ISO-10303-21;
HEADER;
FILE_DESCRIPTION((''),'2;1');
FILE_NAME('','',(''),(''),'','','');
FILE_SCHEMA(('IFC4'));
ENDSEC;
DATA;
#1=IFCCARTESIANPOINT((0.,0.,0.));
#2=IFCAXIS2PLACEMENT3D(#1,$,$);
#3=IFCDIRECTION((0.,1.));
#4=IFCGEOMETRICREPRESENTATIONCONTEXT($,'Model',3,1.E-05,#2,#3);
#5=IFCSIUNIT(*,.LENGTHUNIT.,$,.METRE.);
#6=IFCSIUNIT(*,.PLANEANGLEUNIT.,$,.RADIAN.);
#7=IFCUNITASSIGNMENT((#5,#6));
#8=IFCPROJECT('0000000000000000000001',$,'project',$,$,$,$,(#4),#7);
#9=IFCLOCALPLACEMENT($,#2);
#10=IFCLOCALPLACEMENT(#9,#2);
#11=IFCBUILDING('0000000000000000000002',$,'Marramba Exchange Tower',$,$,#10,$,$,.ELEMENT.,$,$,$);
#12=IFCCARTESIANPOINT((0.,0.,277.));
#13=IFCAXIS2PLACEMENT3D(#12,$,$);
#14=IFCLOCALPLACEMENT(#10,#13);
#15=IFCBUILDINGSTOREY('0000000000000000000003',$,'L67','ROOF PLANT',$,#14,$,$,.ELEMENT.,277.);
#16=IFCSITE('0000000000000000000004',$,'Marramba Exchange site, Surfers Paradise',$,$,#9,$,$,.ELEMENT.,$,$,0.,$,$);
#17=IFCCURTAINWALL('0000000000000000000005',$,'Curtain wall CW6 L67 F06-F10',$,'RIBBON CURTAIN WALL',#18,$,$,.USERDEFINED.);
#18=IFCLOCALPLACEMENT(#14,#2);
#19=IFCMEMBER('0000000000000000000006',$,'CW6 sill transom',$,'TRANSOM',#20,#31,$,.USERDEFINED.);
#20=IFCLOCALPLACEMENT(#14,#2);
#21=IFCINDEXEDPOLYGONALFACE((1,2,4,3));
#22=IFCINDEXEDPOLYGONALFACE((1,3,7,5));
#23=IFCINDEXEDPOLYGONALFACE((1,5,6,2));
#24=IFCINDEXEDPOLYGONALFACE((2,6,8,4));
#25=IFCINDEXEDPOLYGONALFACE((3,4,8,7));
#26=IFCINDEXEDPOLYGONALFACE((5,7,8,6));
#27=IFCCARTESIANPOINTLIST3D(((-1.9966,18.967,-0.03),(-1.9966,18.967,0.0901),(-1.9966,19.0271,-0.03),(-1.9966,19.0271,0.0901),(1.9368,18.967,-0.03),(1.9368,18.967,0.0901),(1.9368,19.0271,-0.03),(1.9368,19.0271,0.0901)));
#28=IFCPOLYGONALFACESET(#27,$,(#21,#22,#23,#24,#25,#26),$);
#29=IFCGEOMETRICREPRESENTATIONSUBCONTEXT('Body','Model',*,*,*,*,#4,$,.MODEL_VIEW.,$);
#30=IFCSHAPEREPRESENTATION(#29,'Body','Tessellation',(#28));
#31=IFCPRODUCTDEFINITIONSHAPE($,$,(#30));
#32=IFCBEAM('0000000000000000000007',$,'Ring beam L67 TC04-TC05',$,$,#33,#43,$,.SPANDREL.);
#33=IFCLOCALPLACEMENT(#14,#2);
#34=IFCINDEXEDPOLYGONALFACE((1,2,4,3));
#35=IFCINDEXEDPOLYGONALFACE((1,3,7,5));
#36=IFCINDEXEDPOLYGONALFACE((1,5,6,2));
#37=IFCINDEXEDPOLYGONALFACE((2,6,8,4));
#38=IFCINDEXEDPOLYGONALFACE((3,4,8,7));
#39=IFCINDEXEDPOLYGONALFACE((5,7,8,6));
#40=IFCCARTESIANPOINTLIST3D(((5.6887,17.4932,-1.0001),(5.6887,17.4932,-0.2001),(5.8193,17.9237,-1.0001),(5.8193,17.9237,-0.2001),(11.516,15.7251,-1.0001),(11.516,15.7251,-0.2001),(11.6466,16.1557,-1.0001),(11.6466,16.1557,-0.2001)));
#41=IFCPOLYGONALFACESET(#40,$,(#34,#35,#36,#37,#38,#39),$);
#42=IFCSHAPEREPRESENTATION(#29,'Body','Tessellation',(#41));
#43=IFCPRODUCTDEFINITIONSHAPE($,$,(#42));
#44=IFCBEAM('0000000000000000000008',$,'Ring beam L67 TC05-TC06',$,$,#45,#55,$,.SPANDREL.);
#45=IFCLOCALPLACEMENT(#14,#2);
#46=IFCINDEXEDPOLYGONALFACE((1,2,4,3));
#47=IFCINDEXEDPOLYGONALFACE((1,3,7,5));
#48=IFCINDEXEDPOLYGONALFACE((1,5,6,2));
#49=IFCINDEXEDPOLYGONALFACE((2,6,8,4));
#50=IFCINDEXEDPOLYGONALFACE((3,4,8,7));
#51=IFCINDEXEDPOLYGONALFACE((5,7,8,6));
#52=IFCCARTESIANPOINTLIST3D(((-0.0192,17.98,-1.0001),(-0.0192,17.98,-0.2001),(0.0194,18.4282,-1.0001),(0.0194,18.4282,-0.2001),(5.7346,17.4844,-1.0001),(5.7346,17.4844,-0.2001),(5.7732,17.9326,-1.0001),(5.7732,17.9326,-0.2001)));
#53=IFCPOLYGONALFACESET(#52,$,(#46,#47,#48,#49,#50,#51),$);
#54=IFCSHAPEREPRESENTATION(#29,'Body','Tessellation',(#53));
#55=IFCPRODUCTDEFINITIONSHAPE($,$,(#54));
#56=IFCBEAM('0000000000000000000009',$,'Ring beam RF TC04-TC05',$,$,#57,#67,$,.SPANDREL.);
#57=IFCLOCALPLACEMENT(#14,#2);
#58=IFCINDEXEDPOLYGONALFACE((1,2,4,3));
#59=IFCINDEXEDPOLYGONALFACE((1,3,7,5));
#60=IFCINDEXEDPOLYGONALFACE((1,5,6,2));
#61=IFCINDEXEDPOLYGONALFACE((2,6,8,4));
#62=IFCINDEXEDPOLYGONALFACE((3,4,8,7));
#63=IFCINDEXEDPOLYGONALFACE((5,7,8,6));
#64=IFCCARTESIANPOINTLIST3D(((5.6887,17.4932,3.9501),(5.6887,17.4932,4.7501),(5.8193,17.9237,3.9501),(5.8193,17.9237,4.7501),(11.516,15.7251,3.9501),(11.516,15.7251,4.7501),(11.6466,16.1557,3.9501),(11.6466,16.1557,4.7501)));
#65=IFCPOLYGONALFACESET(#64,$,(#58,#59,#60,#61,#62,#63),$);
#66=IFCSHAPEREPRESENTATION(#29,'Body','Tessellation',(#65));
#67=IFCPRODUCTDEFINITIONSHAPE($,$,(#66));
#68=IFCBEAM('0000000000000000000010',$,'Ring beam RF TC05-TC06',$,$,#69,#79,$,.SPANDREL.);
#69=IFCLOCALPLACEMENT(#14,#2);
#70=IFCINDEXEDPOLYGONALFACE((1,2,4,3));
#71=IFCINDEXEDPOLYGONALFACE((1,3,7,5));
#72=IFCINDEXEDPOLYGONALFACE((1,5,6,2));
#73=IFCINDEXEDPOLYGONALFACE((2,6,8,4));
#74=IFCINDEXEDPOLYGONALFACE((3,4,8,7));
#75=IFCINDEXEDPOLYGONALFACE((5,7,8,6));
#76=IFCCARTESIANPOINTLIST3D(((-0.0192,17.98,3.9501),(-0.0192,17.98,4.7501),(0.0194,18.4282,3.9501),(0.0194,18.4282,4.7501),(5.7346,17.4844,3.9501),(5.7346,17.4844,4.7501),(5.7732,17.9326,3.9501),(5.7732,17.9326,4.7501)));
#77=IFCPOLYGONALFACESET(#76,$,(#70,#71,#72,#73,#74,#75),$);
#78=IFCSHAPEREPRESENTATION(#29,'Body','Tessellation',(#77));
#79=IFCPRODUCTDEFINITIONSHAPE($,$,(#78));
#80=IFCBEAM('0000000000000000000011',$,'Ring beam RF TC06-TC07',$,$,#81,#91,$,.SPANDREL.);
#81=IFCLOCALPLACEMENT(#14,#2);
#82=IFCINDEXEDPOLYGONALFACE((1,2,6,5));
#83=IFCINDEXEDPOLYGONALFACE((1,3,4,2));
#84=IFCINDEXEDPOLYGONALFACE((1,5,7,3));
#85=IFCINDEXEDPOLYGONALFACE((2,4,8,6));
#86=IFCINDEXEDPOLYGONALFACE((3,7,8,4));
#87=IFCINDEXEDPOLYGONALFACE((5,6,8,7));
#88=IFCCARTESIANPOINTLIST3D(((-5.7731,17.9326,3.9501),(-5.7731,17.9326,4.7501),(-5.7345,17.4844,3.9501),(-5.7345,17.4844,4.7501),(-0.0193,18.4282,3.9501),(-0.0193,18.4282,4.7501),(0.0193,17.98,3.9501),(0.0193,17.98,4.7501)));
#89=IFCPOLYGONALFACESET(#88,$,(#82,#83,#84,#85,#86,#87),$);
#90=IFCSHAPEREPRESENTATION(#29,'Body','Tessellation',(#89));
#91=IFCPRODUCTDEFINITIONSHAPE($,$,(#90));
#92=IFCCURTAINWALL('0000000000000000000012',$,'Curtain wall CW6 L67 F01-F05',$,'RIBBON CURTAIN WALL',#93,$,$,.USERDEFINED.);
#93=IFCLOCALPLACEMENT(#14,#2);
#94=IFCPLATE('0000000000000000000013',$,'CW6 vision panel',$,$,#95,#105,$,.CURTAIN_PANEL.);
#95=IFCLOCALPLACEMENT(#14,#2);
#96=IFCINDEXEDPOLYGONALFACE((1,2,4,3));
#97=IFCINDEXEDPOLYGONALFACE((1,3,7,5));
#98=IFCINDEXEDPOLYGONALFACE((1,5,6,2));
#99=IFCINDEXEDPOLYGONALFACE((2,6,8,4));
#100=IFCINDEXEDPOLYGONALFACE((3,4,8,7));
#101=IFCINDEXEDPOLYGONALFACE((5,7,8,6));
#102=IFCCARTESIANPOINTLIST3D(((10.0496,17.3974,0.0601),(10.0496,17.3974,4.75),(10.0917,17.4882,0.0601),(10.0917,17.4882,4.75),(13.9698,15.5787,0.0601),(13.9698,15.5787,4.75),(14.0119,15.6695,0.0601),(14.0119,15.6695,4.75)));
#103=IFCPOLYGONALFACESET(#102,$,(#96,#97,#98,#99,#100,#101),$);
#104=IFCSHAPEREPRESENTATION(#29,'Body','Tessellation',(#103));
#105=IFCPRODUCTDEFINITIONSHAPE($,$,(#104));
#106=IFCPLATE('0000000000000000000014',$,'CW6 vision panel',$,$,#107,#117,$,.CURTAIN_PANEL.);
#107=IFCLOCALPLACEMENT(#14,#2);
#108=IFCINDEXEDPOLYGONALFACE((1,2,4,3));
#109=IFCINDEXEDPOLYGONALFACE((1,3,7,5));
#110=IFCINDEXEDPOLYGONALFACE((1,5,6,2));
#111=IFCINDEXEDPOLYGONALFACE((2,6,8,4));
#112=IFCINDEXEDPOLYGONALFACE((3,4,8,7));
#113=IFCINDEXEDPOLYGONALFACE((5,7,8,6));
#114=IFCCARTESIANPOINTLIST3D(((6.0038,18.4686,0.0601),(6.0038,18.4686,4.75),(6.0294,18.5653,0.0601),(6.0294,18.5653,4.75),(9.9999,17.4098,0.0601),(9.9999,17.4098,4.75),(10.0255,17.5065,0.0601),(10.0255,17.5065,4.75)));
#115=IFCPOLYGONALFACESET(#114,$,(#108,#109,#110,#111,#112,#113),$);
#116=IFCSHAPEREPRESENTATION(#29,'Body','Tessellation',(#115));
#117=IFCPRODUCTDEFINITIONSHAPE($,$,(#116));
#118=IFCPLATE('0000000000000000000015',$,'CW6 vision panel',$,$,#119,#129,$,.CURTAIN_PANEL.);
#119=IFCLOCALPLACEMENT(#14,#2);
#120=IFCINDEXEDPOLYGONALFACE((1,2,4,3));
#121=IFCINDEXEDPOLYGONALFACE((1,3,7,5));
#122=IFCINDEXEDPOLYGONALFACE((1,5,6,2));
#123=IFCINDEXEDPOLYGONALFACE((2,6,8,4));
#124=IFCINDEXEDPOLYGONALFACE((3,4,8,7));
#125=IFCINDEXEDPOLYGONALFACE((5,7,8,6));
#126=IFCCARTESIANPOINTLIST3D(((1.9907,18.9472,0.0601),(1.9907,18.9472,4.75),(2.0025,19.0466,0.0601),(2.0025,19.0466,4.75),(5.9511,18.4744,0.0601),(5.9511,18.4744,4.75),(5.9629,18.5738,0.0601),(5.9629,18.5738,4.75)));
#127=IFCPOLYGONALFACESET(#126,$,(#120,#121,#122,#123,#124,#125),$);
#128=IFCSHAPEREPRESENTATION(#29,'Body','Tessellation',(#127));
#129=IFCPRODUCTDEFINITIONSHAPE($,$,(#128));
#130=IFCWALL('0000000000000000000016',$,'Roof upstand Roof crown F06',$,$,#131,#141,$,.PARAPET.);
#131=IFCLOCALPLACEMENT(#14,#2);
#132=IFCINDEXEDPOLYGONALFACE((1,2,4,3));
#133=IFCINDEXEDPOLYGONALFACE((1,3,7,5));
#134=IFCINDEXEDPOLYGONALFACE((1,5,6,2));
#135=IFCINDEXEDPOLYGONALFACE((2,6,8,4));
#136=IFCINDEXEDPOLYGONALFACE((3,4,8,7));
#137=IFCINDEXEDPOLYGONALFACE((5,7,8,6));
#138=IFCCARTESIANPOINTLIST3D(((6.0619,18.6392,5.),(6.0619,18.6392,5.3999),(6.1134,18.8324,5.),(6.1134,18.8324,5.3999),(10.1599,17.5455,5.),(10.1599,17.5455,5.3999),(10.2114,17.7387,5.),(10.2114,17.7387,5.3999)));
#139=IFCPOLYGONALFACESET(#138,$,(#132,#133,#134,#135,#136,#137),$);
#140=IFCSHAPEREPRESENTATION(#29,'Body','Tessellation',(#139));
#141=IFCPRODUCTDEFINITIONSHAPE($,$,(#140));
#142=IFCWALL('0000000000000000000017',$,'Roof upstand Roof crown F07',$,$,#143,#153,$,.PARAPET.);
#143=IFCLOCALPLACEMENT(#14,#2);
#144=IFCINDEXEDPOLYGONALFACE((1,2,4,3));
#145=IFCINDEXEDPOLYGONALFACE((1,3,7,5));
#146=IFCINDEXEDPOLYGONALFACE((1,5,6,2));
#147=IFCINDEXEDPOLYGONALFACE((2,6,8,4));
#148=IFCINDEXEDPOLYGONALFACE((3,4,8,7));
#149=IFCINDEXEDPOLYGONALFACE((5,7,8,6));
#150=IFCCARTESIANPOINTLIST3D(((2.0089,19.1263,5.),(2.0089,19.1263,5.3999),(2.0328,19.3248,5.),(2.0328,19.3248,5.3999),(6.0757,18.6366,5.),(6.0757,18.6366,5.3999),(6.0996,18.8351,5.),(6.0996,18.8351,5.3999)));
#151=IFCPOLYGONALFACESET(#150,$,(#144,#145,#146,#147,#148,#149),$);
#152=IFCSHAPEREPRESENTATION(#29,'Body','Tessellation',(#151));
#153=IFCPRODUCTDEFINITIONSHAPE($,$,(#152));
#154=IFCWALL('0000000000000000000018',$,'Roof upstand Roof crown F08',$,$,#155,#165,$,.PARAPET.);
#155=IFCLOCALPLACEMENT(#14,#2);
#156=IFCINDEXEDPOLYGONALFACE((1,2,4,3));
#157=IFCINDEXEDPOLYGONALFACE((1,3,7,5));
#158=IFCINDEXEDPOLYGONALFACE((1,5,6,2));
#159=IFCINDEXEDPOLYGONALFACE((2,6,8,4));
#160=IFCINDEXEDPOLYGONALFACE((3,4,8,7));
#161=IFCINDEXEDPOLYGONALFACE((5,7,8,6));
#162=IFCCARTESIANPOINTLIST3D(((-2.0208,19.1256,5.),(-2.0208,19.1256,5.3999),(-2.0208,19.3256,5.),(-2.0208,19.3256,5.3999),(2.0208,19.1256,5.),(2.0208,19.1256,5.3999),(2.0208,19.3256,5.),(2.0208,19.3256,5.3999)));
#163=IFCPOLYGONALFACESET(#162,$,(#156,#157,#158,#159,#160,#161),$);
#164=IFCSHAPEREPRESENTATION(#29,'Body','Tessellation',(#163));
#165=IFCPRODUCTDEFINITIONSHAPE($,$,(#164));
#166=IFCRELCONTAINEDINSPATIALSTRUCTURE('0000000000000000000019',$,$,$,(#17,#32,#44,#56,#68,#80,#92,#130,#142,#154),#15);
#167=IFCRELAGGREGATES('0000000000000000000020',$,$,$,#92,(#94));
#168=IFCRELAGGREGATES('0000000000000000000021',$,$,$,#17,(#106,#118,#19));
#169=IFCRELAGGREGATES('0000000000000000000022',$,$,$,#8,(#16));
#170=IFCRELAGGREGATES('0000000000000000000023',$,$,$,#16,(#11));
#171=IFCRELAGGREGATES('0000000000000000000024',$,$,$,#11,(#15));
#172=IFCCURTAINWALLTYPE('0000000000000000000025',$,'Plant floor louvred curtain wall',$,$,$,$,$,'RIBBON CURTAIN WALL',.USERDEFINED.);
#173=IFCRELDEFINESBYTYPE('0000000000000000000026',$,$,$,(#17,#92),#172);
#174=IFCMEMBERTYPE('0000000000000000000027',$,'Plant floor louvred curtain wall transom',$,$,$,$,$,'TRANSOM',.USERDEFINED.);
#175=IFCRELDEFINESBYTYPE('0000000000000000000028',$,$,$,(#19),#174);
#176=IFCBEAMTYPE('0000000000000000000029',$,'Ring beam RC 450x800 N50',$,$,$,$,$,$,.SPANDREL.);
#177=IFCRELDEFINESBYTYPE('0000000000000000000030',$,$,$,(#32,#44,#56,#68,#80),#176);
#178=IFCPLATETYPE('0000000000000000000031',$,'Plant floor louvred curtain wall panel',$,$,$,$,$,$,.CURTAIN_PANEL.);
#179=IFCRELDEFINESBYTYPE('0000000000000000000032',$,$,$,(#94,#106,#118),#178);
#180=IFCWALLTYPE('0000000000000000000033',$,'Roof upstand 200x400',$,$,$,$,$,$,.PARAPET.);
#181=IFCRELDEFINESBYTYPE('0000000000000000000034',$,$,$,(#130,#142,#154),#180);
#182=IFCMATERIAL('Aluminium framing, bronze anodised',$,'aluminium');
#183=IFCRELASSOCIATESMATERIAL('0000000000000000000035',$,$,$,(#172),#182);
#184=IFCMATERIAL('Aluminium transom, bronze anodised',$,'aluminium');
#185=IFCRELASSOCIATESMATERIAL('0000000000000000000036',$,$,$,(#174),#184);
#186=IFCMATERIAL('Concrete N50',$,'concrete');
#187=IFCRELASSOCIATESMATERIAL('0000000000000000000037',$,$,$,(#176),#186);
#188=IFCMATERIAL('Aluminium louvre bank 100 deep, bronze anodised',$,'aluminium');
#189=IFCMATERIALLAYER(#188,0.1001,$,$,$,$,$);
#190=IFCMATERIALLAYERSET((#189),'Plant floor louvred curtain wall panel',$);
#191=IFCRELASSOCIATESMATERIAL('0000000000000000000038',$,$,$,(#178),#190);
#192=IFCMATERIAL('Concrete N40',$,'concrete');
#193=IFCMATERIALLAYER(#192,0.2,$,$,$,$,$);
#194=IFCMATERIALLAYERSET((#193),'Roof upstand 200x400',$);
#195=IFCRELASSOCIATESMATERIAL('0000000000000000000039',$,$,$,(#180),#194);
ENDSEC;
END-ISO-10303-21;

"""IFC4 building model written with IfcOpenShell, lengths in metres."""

from ifc_helpers import new_model, si_unit, direction, frame, frame_2d, origin, origin_2d, place, context, subcontext, project, spatial, rectangle, extrude, material, layer, layer_set, material_profile, profile_set, type_object, element, aggregate, save


model = new_model("IFC4")

# Units and contexts
model_context = context("Model", 3, precision=1e-05, world=origin(), true_north=direction((0.0, 1.0)))
body_context = subcontext(model_context, "Body", "Model", "MODEL_VIEW")
ifc_project = project(units=[si_unit("LENGTHUNIT", "METRE"), si_unit("PLANEANGLEUNIT", "RADIAN")], contexts=[model_context])

# Site, building, storey
site_placement = place(None, origin())
site = spatial("IfcSite", under=ifc_project, at=site_placement, Name="Marramba Exchange site, Surfers Paradise", CompositionType="ELEMENT", RefElevation=0.0)
building_placement = place(site_placement, origin())
building = spatial("IfcBuilding", under=site, at=building_placement, Name="Marramba Exchange Tower", CompositionType="ELEMENT")
storey_placement = place(building_placement, frame((0.0, 0.0, 277.0)))
storey = spatial("IfcBuildingStorey", under=building, at=storey_placement, Name="L67", Description="ROOF PLANT", CompositionType="ELEMENT", Elevation=277.0)

# Shared definitions
ifc_material_1 = material(Name="Concrete N50", Category="concrete")

# Curtain wall, member
ifc_material_2 = material(Name="Aluminium framing, bronze anodised", Category="aluminium")
curtain_wall_type = type_object("IfcCurtainWallType", Name="Plant floor louvred curtain wall", ElementType="RIBBON CURTAIN WALL", PredefinedType="USERDEFINED", material=ifc_material_2)
curtain_wall_1_placement = place(storey_placement, origin())
curtain_wall_1 = element("IfcCurtainWall", 1, at=curtain_wall_1_placement, inside=storey, type_object=curtain_wall_type, Name="Curtain wall CW6 L67 F06-F10", ObjectType="RIBBON CURTAIN WALL", PredefinedType="USERDEFINED")
ifc_material_3 = material(Name="Aluminium transom, bronze anodised", Category="aluminium")
ifc_material_profile_1 = material_profile(ifc_material_3, rectangle(XDim=0.0601, YDim=0.1201, at=origin_2d()), Name="CW6 transom 60x120")
ifc_profile_set_1 = profile_set([ifc_material_profile_1], Name="Aluminium transom, bronze anodised")
member_type_1 = type_object("IfcMemberType", Name="Plant floor louvred curtain wall transom", ElementType="TRANSOM", PredefinedType="USERDEFINED", material=ifc_profile_set_1)
member_1_placement = place(storey_placement, frame((1.9368, 18.9971, 0.03), z_axis=(-1.0, 0.0, 0.0), x_axis=(0.0, -1.0, 0.0)))
member_1 = element("IfcMember", 2, at=member_1_placement, type_object=member_type_1, Name="CW6 sill transom", ObjectType="TRANSOM", PredefinedType="USERDEFINED", context=body_context, shape_type="SweptSolid", body=[
    extrude(rectangle(XDim=0.0601, YDim=0.1201, at=origin_2d()), origin(), (0.0, 0.0, 1.0), 3.9333),
])

# Beams
ifc_material_profile_2 = material_profile(ifc_material_1, rectangle(XDim=0.45, YDim=0.8, at=origin_2d()), Name="RC 450x800")
ifc_profile_set_2 = profile_set([ifc_material_profile_2], Name="Concrete N50")
beam_type_1 = type_object("IfcBeamType", Name="Ring beam RC 450x800 N50", PredefinedType="SPANDREL", material=ifc_profile_set_2)
beam_1_placement = place(storey_placement, frame((11.5813, 15.9404, -0.6001), z_axis=(-0.956925, 0.290337, 0.0), x_axis=(-0.290337, -0.956925, 0.0)))
element("IfcBeam", 3, at=beam_1_placement, inside=storey, type_object=beam_type_1, Name="Ring beam L67 TC04-TC05", PredefinedType="SPANDREL", context=body_context, shape_type="SweptSolid", body=[
    extrude(rectangle(XDim=0.45, YDim=0.8, at=origin_2d()), origin(), (0.0, 0.0, 1.0), 6.0896),
])
beam_2_placement = place(storey_placement, frame((5.7539, 17.7085, -0.6001), z_axis=(-0.996311, 0.085816, 0.0), x_axis=(-0.085816, -0.996311, 0.0)))
element("IfcBeam", 4, at=beam_2_placement, inside=storey, type_object=beam_type_1, Name="Ring beam L67 TC05-TC06", PredefinedType="SPANDREL", context=body_context, shape_type="SweptSolid", body=[
    extrude(rectangle(XDim=0.45, YDim=0.8, at=origin_2d()), origin(), (0.0, 0.0, 1.0), 5.7751),
])
beam_3_placement = place(storey_placement, frame((11.5813, 15.9404, 4.3501), z_axis=(-0.956925, 0.290337, 0.0), x_axis=(-0.290337, -0.956925, 0.0)))
element("IfcBeam", 5, at=beam_3_placement, inside=storey, type_object=beam_type_1, Name="Ring beam RF TC04-TC05", PredefinedType="SPANDREL", context=body_context, shape_type="SweptSolid", body=[
    extrude(rectangle(XDim=0.45, YDim=0.8, at=origin_2d()), origin(), (0.0, 0.0, 1.0), 6.0896),
])
for number, where, z_axis, x_axis, name in (
    (6, (5.7539, 17.7085, 4.3501), (-0.996311, 0.085816, 0.0), (-0.085816, -0.996311, 0.0), "Ring beam RF TC05-TC06"),
    (7, (0.0, 18.2041, 4.3501), (-0.996311, -0.085816, 0.0), (0.085816, -0.996311, 0.0), "Ring beam RF TC06-TC07"),
):
    element("IfcBeam", number, at=place(storey_placement, frame(where, z_axis=z_axis, x_axis=x_axis)), inside=storey, type_object=beam_type_1, Name=name, PredefinedType="SPANDREL", context=body_context, shape_type="SweptSolid", body=[
        extrude(rectangle(XDim=0.45, YDim=0.8, at=origin_2d()), origin(), (0.0, 0.0, 1.0), 5.7751),
    ])

# Curtain wall, plate
curtain_wall_2_placement = place(storey_placement, origin())
curtain_wall_2 = element("IfcCurtainWall", 8, at=curtain_wall_2_placement, inside=storey, type_object=curtain_wall_type, Name="Curtain wall CW6 L67 F01-F05", ObjectType="RIBBON CURTAIN WALL", PredefinedType="USERDEFINED")
ifc_material_4 = material(Name="Aluminium louvre bank 100 deep, bronze anodised", Category="aluminium")
ifc_layer_1 = layer(ifc_material_4, 0.1001)
ifc_layer_set_1 = layer_set([ifc_layer_1], Name="Plant floor louvred curtain wall panel")
plate_type = type_object("IfcPlateType", Name="Plant floor louvred curtain wall panel", PredefinedType="CURTAIN_PANEL", material=ifc_layer_set_1)
plate_1_placement = place(storey_placement, frame((12.0308, 16.5334, 0.0601), z_axis=(0.0, 0.0, 1.0), x_axis=(-0.907131, 0.420849, 0.0)))
plate_1 = element("IfcPlate", 9, at=plate_1_placement, type_object=plate_type, Name="CW6 vision panel", PredefinedType="CURTAIN_PANEL", context=body_context, shape_type="SweptSolid", body=[
    extrude(rectangle(XDim=4.3215, YDim=0.1001, at=origin_2d()), origin(), (0.0, 0.0, 1.0), 4.6899),
])
aggregate(curtain_wall_2, [plate_1])

# Plates
plate_2_placement = place(storey_placement, frame((8.0146, 17.9875, 0.0601), z_axis=(0.0, 0.0, 1.0), x_axis=(-0.966644, 0.256126, 0.0)))
plate_2 = element("IfcPlate", 10, at=plate_2_placement, type_object=plate_type, Name="CW6 vision panel", PredefinedType="CURTAIN_PANEL", context=body_context, shape_type="SweptSolid", body=[
    extrude(rectangle(XDim=4.134, YDim=0.1001, at=origin_2d()), origin(), (0.0, 0.0, 1.0), 4.6899),
])
plate_3_placement = place(storey_placement, frame((3.9768, 18.7605, 0.0601), z_axis=(0.0, 0.0, 1.0), x_axis=(-0.992947, 0.118557, 0.0)))
plate_3 = element("IfcPlate", 11, at=plate_3_placement, type_object=plate_type, Name="CW6 vision panel", PredefinedType="CURTAIN_PANEL", context=body_context, shape_type="SweptSolid", body=[
    extrude(rectangle(XDim=3.9885, YDim=0.1001, at=origin_2d()), origin(), (0.0, 0.0, 1.0), 4.6899),
])
aggregate(curtain_wall_1, [plate_2, plate_3, member_1])

# Walls
ifc_material_5 = material(Name="Concrete N40", Category="concrete")
ifc_layer_2 = layer(ifc_material_5, 0.2)
ifc_layer_set_2 = layer_set([ifc_layer_2], Name="Roof upstand 200x400")
wall_type = type_object("IfcWallType", Name="Roof upstand 200x400", PredefinedType="PARAPET", material=ifc_layer_set_2)
wall_1_placement = place(storey_placement, frame((10.1855, 17.6421, 5.0), z_axis=(0.0, 0.0, 1.0), x_axis=(-0.966178, 0.257878, 0.0)))
element("IfcWall", 12, at=wall_1_placement, inside=storey, type_object=wall_type, Name="Roof upstand Roof crown F06", PredefinedType="PARAPET", context=body_context, shape_type="SweptSolid", body=[
    extrude(rectangle(XDim=4.2415, YDim=0.2, at=frame_2d((2.1206, 0.0))), origin(), (0.0, 0.0, 1.0), 0.3999),
])
wall_2_placement = place(storey_placement, frame((6.0876, 18.7358, 5.0), z_axis=(0.0, 0.0, 1.0), x_axis=(-0.992827, 0.119559, 0.0)))
element("IfcWall", 13, at=wall_2_placement, inside=storey, type_object=wall_type, Name="Roof upstand Roof crown F07", PredefinedType="PARAPET", context=body_context, shape_type="SweptSolid", body=[
    extrude(rectangle(XDim=4.0962, YDim=0.2, at=frame_2d((2.0481, 0.0))), origin(), (0.0, 0.0, 1.0), 0.3999),
])
wall_3_placement = place(storey_placement, frame((2.0208, 19.2256, 5.0), z_axis=(0.0, 0.0, 1.0), x_axis=(-1.0, 0.0, 0.0)))
element("IfcWall", 14, at=wall_3_placement, inside=storey, type_object=wall_type, Name="Roof upstand Roof crown F08", PredefinedType="PARAPET", context=body_context, shape_type="SweptSolid", body=[
    extrude(rectangle(XDim=4.0415, YDim=0.2, at=frame_2d((2.0208, 0.0))), origin(), (0.0, 0.0, 1.0), 0.3999),
])

save(model, "model.ifc")
